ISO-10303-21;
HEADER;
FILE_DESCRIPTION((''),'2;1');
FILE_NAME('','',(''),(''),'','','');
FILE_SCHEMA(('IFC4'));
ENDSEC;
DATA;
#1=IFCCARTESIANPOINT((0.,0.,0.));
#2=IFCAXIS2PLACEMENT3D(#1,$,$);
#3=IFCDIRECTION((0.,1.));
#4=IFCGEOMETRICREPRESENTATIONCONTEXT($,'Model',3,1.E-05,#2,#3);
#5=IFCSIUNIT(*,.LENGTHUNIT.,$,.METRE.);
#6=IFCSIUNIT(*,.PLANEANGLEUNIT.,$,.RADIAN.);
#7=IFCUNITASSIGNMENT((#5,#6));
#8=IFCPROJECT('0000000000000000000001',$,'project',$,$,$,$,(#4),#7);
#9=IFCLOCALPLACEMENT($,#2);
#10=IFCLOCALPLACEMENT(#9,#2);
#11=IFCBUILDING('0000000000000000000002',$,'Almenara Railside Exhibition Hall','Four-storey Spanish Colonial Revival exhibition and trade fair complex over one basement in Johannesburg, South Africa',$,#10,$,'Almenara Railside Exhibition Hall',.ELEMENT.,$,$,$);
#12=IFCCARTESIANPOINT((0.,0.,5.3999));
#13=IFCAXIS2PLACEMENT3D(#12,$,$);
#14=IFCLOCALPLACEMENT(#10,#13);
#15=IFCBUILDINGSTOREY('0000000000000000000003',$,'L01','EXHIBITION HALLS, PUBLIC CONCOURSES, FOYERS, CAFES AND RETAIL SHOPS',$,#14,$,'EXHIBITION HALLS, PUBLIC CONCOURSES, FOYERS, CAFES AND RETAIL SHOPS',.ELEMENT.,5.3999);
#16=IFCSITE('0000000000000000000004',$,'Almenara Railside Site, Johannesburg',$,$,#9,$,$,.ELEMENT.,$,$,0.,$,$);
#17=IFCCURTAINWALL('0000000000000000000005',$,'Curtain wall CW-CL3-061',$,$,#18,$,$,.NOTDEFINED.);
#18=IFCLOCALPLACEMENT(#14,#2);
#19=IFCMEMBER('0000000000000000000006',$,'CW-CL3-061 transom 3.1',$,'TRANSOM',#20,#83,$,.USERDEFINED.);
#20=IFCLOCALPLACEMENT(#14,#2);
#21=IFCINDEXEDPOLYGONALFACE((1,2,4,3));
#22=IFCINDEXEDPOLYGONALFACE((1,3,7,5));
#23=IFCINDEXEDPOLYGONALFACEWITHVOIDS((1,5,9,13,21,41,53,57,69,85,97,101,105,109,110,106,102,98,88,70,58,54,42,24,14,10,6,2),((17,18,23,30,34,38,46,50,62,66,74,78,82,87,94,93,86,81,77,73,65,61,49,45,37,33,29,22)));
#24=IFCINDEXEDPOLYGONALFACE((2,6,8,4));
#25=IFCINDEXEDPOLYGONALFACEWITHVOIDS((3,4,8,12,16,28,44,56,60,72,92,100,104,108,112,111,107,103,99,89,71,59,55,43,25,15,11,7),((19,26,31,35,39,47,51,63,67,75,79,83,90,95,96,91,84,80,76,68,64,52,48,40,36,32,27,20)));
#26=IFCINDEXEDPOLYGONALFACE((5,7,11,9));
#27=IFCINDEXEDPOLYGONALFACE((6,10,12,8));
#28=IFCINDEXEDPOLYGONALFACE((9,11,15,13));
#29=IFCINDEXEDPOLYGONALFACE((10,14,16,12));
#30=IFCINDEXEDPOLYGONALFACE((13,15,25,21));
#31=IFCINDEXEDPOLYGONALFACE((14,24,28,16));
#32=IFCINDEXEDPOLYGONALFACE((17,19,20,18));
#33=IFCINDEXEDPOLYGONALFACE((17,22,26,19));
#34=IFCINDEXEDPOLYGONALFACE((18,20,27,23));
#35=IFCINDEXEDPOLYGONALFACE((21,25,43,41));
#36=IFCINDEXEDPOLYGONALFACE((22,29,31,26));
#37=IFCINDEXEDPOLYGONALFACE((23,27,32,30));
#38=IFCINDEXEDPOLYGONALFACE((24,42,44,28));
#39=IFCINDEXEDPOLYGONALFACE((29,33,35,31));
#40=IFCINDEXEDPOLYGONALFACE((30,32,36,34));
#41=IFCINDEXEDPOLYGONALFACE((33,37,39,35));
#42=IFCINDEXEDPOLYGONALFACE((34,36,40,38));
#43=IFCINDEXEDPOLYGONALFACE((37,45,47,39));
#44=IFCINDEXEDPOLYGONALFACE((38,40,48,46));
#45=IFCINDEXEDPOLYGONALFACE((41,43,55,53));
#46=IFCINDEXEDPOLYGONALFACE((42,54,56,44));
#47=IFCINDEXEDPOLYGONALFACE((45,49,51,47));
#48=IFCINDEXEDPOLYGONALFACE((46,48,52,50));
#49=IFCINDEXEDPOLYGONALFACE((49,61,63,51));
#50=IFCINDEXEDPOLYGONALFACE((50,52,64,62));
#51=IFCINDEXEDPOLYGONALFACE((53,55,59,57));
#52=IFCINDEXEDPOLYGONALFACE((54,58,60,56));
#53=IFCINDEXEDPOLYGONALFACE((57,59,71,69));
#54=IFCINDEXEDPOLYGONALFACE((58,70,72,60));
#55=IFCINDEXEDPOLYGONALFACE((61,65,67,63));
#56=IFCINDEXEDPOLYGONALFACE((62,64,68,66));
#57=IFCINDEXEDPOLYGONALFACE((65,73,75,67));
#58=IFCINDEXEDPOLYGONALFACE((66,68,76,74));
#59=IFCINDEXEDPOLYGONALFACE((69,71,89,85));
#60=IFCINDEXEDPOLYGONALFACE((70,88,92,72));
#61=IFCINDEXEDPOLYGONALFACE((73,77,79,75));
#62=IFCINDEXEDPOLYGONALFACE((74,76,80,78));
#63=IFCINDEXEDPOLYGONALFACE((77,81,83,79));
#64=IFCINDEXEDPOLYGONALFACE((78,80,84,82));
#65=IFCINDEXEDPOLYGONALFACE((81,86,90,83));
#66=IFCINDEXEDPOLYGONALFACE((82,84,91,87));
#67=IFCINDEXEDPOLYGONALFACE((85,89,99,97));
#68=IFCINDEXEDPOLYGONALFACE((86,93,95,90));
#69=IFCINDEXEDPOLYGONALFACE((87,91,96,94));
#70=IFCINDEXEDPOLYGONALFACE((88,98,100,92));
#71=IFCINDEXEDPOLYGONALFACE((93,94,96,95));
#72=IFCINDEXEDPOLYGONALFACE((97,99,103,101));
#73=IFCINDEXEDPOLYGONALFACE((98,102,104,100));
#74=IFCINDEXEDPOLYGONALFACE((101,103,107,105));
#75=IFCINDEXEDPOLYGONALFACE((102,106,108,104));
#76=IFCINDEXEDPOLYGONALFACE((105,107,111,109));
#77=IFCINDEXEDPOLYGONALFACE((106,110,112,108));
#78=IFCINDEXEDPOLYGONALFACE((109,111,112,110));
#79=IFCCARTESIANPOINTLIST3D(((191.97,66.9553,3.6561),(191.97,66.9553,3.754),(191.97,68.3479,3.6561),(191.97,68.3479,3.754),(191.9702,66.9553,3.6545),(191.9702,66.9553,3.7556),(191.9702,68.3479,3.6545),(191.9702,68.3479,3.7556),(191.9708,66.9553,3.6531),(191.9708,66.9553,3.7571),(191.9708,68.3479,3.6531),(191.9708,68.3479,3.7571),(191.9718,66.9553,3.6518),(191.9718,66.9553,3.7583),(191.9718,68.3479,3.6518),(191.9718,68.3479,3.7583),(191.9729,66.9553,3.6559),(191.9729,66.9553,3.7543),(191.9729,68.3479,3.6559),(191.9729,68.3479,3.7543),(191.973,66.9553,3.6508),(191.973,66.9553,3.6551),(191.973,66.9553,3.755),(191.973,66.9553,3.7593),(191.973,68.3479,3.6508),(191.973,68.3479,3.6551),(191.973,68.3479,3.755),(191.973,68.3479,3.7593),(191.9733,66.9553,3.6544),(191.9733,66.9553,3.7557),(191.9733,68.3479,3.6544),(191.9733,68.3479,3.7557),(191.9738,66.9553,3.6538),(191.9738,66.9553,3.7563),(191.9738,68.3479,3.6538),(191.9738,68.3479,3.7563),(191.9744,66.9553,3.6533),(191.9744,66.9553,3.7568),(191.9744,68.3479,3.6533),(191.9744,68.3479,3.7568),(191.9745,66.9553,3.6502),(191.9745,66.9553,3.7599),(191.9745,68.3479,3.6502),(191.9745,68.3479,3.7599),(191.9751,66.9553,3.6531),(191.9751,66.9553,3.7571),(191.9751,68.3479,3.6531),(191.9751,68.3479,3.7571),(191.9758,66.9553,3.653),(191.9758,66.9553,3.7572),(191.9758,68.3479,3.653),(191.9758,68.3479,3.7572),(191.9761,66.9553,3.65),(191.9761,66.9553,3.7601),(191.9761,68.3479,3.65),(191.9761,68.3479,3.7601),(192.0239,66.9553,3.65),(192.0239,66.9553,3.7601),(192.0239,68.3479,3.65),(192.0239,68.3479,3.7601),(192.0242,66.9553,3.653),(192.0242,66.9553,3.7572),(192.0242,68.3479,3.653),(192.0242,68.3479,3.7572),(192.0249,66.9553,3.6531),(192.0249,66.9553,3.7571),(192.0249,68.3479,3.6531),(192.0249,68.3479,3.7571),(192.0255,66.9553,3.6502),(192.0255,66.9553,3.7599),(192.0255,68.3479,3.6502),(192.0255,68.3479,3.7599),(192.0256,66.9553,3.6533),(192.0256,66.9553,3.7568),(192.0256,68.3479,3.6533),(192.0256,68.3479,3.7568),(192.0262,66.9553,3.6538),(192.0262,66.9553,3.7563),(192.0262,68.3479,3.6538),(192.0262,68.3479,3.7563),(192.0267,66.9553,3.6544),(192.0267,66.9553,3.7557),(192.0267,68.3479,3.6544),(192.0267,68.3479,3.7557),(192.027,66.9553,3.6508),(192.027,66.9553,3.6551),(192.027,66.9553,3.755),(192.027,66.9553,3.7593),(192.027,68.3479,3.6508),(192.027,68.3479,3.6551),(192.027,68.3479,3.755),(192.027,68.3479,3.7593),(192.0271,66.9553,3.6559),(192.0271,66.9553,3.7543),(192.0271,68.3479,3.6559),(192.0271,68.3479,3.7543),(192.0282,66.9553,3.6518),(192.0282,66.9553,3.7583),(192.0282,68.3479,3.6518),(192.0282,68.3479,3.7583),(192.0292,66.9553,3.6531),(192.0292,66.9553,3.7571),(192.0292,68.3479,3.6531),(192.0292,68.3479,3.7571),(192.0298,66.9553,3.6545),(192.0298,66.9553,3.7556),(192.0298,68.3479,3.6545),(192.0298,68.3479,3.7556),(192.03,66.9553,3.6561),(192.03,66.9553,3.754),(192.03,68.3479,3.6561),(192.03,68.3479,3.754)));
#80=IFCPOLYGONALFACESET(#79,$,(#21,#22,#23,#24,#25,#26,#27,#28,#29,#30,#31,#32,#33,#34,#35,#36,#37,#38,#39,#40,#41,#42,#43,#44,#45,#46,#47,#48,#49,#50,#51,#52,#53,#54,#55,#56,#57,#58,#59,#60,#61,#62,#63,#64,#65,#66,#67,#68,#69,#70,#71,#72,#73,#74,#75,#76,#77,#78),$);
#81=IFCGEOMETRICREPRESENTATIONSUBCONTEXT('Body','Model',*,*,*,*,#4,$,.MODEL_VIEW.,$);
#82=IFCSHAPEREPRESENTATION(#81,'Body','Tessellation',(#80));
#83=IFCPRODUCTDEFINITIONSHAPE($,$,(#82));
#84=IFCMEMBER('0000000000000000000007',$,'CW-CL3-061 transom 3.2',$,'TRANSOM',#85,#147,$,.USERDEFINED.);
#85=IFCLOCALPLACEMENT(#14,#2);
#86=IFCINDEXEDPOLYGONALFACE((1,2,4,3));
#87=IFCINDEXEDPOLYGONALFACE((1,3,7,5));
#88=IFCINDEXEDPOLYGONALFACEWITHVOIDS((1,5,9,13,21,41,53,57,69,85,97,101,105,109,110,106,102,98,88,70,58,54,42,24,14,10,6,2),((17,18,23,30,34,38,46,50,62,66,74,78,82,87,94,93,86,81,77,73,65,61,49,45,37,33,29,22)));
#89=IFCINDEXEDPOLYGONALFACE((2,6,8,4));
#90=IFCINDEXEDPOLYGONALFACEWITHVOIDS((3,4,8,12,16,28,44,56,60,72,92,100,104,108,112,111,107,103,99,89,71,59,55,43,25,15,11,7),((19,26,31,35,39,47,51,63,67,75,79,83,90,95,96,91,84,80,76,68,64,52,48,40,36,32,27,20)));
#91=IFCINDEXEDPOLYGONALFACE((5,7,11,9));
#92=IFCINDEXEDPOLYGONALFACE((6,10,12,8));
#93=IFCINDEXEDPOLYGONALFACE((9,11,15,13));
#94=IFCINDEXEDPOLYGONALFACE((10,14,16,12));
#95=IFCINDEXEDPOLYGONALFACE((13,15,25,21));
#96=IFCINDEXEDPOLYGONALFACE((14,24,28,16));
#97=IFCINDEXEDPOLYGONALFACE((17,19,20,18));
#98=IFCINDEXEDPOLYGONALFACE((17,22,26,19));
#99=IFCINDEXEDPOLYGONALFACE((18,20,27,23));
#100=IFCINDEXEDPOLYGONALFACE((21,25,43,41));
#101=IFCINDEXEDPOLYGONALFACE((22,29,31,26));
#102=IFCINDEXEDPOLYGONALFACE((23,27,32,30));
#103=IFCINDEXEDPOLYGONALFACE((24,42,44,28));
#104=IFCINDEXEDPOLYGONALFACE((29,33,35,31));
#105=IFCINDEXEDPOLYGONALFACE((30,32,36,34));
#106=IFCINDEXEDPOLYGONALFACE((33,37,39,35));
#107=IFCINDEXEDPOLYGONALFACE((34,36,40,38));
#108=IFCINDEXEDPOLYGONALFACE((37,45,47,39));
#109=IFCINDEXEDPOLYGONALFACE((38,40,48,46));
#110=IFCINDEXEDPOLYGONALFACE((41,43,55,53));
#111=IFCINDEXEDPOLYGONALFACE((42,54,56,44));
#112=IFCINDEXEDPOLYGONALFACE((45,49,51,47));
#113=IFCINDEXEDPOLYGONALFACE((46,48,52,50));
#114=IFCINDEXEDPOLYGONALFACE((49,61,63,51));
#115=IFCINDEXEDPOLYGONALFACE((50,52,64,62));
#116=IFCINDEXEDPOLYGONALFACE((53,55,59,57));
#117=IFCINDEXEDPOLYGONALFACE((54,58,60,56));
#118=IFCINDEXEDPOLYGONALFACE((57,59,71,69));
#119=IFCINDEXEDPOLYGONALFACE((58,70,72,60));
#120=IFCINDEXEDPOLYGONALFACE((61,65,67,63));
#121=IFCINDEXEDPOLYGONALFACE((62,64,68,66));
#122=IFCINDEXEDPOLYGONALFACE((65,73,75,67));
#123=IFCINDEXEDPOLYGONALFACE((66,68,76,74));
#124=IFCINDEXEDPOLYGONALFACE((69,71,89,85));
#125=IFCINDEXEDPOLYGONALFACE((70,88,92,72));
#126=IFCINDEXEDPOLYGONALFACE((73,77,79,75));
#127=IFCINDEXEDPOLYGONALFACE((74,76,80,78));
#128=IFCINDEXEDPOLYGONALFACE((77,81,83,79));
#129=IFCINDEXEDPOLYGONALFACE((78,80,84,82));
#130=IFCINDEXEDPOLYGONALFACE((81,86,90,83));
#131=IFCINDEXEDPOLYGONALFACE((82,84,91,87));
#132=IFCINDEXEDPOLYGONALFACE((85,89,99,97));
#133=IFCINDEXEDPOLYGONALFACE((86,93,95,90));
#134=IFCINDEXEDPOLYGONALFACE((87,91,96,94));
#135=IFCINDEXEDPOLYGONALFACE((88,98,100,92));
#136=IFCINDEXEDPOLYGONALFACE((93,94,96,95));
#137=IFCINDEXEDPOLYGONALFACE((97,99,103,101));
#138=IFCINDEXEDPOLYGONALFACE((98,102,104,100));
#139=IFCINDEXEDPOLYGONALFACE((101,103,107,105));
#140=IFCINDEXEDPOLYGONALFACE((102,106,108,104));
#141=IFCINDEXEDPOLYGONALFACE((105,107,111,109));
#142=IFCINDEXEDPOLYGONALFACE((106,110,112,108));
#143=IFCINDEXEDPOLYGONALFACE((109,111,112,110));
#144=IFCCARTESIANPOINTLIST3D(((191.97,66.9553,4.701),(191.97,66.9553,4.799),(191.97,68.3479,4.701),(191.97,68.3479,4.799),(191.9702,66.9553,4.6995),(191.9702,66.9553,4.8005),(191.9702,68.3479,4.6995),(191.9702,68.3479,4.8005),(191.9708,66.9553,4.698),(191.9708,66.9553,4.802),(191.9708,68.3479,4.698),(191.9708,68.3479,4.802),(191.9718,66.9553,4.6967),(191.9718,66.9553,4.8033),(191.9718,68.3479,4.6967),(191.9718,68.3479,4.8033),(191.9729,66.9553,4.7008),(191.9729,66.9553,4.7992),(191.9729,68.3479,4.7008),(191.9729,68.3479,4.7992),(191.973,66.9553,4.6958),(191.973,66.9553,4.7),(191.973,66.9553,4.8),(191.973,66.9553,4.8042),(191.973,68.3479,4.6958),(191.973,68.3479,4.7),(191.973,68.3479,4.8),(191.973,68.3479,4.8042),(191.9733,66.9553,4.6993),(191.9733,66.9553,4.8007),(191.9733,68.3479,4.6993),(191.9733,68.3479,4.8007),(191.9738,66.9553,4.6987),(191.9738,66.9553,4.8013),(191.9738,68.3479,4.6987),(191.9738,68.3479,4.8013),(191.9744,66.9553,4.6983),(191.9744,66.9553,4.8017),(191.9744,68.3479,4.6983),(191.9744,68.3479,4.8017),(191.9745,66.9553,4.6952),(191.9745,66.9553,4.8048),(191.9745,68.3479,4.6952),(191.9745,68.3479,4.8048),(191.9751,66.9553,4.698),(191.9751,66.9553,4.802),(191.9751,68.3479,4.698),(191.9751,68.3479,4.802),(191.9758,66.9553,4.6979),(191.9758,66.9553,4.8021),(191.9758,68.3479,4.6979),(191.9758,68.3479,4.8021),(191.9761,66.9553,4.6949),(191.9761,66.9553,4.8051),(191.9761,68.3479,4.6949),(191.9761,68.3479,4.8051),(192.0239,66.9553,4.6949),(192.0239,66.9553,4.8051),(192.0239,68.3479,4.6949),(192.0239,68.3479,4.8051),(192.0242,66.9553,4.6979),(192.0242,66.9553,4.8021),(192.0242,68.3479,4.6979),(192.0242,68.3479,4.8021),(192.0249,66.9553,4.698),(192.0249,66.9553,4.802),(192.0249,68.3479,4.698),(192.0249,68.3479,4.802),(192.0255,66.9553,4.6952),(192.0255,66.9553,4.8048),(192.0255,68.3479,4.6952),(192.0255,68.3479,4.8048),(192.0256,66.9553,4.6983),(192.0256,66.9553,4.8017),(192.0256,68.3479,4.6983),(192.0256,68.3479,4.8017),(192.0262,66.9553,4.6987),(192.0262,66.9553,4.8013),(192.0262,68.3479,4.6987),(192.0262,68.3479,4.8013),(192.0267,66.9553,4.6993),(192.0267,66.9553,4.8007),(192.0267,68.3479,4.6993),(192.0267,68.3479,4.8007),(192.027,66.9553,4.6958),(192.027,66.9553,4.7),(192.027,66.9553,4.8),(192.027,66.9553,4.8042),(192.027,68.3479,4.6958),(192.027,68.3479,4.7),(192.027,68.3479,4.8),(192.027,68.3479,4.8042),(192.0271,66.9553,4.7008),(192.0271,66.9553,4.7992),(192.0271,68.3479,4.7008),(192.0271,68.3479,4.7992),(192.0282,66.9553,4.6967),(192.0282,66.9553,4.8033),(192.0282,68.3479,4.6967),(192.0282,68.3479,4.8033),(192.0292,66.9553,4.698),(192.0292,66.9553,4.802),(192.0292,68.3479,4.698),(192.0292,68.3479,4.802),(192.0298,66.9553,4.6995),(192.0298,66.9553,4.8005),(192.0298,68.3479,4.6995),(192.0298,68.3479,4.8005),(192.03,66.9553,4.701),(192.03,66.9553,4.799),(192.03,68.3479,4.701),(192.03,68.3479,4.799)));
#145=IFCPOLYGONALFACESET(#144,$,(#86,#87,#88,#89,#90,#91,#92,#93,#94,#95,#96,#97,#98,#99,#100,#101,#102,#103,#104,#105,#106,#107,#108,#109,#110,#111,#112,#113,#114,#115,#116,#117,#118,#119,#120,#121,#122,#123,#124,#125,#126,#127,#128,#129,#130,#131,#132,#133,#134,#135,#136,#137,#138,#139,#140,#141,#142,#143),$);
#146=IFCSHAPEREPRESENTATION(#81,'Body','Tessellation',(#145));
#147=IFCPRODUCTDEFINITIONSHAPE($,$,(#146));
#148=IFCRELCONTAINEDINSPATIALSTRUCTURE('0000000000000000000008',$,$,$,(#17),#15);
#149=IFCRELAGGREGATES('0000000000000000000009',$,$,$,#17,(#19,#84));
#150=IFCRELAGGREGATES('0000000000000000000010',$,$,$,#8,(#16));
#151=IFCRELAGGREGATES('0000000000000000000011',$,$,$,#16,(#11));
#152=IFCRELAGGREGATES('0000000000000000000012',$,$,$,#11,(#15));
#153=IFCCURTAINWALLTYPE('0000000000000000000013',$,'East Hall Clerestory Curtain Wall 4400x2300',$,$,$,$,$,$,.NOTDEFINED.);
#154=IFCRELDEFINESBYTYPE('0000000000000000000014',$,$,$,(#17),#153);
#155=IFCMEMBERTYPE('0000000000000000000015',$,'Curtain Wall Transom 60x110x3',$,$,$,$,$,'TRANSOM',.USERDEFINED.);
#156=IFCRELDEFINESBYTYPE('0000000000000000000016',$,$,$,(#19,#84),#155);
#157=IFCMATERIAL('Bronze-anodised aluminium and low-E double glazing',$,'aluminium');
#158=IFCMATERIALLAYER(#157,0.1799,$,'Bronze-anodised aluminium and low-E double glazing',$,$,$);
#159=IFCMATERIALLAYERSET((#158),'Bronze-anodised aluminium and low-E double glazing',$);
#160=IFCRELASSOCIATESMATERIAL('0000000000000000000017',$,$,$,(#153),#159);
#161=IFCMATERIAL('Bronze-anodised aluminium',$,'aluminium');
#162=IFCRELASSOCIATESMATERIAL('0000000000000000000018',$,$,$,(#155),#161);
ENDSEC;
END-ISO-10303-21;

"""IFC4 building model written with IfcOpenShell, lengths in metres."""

from ifc_helpers import new_model, si_unit, direction, frame, origin, origin_2d, place, context, subcontext, project, spatial, hollow_rectangle, extrude, material, layer, layer_set, material_profile, profile_set, type_object, element, aggregate, save


model = new_model("IFC4")

# Units and contexts
model_context = context("Model", 3, precision=1e-05, world=origin(), true_north=direction((0.0, 1.0)))
body_context = subcontext(model_context, "Body", "Model", "MODEL_VIEW")
ifc_project = project(units=[si_unit("LENGTHUNIT", "METRE"), si_unit("PLANEANGLEUNIT", "RADIAN")], contexts=[model_context])

# Site, building, storey
site_placement = place(None, origin())
site = spatial("IfcSite", under=ifc_project, at=site_placement, Name="Almenara Railside Site, Johannesburg", CompositionType="ELEMENT", RefElevation=0.0)
building_placement = place(site_placement, origin())
building = spatial("IfcBuilding", under=site, at=building_placement, Name="Almenara Railside Exhibition Hall", Description="Four-storey Spanish Colonial Revival exhibition and trade fair complex over one basement in Johannesburg, South Africa", LongName="Almenara Railside Exhibition Hall", CompositionType="ELEMENT")
storey_placement = place(building_placement, frame((0.0, 0.0, 5.3999)))
storey = spatial("IfcBuildingStorey", under=building, at=storey_placement, Name="L01", Description="EXHIBITION HALLS, PUBLIC CONCOURSES, FOYERS, CAFES AND RETAIL SHOPS", LongName="EXHIBITION HALLS, PUBLIC CONCOURSES, FOYERS, CAFES AND RETAIL SHOPS", CompositionType="ELEMENT", Elevation=5.3999)

# Shared definitions
ifc_material_1 = material(Name="Bronze-anodised aluminium and low-E double glazing", Category="aluminium")
ifc_layer_1 = layer(ifc_material_1, 0.1799, Name="Bronze-anodised aluminium and low-E double glazing")
ifc_layer_set_1 = layer_set([ifc_layer_1], Name="Bronze-anodised aluminium and low-E double glazing")
curtain_wall_type = type_object("IfcCurtainWallType", Name="East Hall Clerestory Curtain Wall 4400x2300", PredefinedType="NOTDEFINED", material=ifc_layer_set_1)
ifc_material_2 = material(Name="Bronze-anodised aluminium", Category="aluminium")

# Curtain wall
curtain_wall_1_placement = place(storey_placement, origin())
curtain_wall_1 = element("IfcCurtainWall", 1, at=curtain_wall_1_placement, inside=storey, type_object=curtain_wall_type, Name="Curtain wall CW-CL3-061", PredefinedType="NOTDEFINED")

# Members
ifc_material_profile_1 = material_profile(ifc_material_2, hollow_rectangle(XDim=0.0601, YDim=0.1101, WallThickness=0.0029, InnerFilletRadius=0.0029, OuterFilletRadius=0.0061, at=origin_2d()), Name="ALU-TRN 60x110x3")
ifc_profile_set_1 = profile_set([ifc_material_profile_1], Name="Bronze-anodised aluminium")
member_type_1 = type_object("IfcMemberType", Name="Curtain Wall Transom 60x110x3", ElementType="TRANSOM", PredefinedType="USERDEFINED", material=ifc_profile_set_1)
member_1_placement = place(storey_placement, frame((192.0, 66.9553, 3.7051), z_axis=(0.0, 1.0, 0.0), x_axis=(-1.0, 0.0, 0.0)))
member_1 = element("IfcMember", 2, at=member_1_placement, type_object=member_type_1, Name="CW-CL3-061 transom 3.1", ObjectType="TRANSOM", PredefinedType="USERDEFINED", context=body_context, shape_type="SweptSolid", body=[
    extrude(hollow_rectangle(XDim=0.0601, YDim=0.1101, WallThickness=0.0029, InnerFilletRadius=0.0029, OuterFilletRadius=0.0061, at=origin_2d()), origin(), (0.0, 0.0, 1.0), 1.3926),
])
member_2_placement = place(storey_placement, frame((192.0, 66.9553, 4.75), z_axis=(0.0, 1.0, 0.0), x_axis=(-1.0, 0.0, 0.0)))
member_2 = element("IfcMember", 3, at=member_2_placement, type_object=member_type_1, Name="CW-CL3-061 transom 3.2", ObjectType="TRANSOM", PredefinedType="USERDEFINED", context=body_context, shape_type="SweptSolid", body=[
    extrude(hollow_rectangle(XDim=0.0601, YDim=0.1101, WallThickness=0.0029, InnerFilletRadius=0.0029, OuterFilletRadius=0.0061, at=origin_2d()), origin(), (0.0, 0.0, 1.0), 1.3926),
])

aggregate(curtain_wall_1, [member_1, member_2])

save(model, "model.ifc")
